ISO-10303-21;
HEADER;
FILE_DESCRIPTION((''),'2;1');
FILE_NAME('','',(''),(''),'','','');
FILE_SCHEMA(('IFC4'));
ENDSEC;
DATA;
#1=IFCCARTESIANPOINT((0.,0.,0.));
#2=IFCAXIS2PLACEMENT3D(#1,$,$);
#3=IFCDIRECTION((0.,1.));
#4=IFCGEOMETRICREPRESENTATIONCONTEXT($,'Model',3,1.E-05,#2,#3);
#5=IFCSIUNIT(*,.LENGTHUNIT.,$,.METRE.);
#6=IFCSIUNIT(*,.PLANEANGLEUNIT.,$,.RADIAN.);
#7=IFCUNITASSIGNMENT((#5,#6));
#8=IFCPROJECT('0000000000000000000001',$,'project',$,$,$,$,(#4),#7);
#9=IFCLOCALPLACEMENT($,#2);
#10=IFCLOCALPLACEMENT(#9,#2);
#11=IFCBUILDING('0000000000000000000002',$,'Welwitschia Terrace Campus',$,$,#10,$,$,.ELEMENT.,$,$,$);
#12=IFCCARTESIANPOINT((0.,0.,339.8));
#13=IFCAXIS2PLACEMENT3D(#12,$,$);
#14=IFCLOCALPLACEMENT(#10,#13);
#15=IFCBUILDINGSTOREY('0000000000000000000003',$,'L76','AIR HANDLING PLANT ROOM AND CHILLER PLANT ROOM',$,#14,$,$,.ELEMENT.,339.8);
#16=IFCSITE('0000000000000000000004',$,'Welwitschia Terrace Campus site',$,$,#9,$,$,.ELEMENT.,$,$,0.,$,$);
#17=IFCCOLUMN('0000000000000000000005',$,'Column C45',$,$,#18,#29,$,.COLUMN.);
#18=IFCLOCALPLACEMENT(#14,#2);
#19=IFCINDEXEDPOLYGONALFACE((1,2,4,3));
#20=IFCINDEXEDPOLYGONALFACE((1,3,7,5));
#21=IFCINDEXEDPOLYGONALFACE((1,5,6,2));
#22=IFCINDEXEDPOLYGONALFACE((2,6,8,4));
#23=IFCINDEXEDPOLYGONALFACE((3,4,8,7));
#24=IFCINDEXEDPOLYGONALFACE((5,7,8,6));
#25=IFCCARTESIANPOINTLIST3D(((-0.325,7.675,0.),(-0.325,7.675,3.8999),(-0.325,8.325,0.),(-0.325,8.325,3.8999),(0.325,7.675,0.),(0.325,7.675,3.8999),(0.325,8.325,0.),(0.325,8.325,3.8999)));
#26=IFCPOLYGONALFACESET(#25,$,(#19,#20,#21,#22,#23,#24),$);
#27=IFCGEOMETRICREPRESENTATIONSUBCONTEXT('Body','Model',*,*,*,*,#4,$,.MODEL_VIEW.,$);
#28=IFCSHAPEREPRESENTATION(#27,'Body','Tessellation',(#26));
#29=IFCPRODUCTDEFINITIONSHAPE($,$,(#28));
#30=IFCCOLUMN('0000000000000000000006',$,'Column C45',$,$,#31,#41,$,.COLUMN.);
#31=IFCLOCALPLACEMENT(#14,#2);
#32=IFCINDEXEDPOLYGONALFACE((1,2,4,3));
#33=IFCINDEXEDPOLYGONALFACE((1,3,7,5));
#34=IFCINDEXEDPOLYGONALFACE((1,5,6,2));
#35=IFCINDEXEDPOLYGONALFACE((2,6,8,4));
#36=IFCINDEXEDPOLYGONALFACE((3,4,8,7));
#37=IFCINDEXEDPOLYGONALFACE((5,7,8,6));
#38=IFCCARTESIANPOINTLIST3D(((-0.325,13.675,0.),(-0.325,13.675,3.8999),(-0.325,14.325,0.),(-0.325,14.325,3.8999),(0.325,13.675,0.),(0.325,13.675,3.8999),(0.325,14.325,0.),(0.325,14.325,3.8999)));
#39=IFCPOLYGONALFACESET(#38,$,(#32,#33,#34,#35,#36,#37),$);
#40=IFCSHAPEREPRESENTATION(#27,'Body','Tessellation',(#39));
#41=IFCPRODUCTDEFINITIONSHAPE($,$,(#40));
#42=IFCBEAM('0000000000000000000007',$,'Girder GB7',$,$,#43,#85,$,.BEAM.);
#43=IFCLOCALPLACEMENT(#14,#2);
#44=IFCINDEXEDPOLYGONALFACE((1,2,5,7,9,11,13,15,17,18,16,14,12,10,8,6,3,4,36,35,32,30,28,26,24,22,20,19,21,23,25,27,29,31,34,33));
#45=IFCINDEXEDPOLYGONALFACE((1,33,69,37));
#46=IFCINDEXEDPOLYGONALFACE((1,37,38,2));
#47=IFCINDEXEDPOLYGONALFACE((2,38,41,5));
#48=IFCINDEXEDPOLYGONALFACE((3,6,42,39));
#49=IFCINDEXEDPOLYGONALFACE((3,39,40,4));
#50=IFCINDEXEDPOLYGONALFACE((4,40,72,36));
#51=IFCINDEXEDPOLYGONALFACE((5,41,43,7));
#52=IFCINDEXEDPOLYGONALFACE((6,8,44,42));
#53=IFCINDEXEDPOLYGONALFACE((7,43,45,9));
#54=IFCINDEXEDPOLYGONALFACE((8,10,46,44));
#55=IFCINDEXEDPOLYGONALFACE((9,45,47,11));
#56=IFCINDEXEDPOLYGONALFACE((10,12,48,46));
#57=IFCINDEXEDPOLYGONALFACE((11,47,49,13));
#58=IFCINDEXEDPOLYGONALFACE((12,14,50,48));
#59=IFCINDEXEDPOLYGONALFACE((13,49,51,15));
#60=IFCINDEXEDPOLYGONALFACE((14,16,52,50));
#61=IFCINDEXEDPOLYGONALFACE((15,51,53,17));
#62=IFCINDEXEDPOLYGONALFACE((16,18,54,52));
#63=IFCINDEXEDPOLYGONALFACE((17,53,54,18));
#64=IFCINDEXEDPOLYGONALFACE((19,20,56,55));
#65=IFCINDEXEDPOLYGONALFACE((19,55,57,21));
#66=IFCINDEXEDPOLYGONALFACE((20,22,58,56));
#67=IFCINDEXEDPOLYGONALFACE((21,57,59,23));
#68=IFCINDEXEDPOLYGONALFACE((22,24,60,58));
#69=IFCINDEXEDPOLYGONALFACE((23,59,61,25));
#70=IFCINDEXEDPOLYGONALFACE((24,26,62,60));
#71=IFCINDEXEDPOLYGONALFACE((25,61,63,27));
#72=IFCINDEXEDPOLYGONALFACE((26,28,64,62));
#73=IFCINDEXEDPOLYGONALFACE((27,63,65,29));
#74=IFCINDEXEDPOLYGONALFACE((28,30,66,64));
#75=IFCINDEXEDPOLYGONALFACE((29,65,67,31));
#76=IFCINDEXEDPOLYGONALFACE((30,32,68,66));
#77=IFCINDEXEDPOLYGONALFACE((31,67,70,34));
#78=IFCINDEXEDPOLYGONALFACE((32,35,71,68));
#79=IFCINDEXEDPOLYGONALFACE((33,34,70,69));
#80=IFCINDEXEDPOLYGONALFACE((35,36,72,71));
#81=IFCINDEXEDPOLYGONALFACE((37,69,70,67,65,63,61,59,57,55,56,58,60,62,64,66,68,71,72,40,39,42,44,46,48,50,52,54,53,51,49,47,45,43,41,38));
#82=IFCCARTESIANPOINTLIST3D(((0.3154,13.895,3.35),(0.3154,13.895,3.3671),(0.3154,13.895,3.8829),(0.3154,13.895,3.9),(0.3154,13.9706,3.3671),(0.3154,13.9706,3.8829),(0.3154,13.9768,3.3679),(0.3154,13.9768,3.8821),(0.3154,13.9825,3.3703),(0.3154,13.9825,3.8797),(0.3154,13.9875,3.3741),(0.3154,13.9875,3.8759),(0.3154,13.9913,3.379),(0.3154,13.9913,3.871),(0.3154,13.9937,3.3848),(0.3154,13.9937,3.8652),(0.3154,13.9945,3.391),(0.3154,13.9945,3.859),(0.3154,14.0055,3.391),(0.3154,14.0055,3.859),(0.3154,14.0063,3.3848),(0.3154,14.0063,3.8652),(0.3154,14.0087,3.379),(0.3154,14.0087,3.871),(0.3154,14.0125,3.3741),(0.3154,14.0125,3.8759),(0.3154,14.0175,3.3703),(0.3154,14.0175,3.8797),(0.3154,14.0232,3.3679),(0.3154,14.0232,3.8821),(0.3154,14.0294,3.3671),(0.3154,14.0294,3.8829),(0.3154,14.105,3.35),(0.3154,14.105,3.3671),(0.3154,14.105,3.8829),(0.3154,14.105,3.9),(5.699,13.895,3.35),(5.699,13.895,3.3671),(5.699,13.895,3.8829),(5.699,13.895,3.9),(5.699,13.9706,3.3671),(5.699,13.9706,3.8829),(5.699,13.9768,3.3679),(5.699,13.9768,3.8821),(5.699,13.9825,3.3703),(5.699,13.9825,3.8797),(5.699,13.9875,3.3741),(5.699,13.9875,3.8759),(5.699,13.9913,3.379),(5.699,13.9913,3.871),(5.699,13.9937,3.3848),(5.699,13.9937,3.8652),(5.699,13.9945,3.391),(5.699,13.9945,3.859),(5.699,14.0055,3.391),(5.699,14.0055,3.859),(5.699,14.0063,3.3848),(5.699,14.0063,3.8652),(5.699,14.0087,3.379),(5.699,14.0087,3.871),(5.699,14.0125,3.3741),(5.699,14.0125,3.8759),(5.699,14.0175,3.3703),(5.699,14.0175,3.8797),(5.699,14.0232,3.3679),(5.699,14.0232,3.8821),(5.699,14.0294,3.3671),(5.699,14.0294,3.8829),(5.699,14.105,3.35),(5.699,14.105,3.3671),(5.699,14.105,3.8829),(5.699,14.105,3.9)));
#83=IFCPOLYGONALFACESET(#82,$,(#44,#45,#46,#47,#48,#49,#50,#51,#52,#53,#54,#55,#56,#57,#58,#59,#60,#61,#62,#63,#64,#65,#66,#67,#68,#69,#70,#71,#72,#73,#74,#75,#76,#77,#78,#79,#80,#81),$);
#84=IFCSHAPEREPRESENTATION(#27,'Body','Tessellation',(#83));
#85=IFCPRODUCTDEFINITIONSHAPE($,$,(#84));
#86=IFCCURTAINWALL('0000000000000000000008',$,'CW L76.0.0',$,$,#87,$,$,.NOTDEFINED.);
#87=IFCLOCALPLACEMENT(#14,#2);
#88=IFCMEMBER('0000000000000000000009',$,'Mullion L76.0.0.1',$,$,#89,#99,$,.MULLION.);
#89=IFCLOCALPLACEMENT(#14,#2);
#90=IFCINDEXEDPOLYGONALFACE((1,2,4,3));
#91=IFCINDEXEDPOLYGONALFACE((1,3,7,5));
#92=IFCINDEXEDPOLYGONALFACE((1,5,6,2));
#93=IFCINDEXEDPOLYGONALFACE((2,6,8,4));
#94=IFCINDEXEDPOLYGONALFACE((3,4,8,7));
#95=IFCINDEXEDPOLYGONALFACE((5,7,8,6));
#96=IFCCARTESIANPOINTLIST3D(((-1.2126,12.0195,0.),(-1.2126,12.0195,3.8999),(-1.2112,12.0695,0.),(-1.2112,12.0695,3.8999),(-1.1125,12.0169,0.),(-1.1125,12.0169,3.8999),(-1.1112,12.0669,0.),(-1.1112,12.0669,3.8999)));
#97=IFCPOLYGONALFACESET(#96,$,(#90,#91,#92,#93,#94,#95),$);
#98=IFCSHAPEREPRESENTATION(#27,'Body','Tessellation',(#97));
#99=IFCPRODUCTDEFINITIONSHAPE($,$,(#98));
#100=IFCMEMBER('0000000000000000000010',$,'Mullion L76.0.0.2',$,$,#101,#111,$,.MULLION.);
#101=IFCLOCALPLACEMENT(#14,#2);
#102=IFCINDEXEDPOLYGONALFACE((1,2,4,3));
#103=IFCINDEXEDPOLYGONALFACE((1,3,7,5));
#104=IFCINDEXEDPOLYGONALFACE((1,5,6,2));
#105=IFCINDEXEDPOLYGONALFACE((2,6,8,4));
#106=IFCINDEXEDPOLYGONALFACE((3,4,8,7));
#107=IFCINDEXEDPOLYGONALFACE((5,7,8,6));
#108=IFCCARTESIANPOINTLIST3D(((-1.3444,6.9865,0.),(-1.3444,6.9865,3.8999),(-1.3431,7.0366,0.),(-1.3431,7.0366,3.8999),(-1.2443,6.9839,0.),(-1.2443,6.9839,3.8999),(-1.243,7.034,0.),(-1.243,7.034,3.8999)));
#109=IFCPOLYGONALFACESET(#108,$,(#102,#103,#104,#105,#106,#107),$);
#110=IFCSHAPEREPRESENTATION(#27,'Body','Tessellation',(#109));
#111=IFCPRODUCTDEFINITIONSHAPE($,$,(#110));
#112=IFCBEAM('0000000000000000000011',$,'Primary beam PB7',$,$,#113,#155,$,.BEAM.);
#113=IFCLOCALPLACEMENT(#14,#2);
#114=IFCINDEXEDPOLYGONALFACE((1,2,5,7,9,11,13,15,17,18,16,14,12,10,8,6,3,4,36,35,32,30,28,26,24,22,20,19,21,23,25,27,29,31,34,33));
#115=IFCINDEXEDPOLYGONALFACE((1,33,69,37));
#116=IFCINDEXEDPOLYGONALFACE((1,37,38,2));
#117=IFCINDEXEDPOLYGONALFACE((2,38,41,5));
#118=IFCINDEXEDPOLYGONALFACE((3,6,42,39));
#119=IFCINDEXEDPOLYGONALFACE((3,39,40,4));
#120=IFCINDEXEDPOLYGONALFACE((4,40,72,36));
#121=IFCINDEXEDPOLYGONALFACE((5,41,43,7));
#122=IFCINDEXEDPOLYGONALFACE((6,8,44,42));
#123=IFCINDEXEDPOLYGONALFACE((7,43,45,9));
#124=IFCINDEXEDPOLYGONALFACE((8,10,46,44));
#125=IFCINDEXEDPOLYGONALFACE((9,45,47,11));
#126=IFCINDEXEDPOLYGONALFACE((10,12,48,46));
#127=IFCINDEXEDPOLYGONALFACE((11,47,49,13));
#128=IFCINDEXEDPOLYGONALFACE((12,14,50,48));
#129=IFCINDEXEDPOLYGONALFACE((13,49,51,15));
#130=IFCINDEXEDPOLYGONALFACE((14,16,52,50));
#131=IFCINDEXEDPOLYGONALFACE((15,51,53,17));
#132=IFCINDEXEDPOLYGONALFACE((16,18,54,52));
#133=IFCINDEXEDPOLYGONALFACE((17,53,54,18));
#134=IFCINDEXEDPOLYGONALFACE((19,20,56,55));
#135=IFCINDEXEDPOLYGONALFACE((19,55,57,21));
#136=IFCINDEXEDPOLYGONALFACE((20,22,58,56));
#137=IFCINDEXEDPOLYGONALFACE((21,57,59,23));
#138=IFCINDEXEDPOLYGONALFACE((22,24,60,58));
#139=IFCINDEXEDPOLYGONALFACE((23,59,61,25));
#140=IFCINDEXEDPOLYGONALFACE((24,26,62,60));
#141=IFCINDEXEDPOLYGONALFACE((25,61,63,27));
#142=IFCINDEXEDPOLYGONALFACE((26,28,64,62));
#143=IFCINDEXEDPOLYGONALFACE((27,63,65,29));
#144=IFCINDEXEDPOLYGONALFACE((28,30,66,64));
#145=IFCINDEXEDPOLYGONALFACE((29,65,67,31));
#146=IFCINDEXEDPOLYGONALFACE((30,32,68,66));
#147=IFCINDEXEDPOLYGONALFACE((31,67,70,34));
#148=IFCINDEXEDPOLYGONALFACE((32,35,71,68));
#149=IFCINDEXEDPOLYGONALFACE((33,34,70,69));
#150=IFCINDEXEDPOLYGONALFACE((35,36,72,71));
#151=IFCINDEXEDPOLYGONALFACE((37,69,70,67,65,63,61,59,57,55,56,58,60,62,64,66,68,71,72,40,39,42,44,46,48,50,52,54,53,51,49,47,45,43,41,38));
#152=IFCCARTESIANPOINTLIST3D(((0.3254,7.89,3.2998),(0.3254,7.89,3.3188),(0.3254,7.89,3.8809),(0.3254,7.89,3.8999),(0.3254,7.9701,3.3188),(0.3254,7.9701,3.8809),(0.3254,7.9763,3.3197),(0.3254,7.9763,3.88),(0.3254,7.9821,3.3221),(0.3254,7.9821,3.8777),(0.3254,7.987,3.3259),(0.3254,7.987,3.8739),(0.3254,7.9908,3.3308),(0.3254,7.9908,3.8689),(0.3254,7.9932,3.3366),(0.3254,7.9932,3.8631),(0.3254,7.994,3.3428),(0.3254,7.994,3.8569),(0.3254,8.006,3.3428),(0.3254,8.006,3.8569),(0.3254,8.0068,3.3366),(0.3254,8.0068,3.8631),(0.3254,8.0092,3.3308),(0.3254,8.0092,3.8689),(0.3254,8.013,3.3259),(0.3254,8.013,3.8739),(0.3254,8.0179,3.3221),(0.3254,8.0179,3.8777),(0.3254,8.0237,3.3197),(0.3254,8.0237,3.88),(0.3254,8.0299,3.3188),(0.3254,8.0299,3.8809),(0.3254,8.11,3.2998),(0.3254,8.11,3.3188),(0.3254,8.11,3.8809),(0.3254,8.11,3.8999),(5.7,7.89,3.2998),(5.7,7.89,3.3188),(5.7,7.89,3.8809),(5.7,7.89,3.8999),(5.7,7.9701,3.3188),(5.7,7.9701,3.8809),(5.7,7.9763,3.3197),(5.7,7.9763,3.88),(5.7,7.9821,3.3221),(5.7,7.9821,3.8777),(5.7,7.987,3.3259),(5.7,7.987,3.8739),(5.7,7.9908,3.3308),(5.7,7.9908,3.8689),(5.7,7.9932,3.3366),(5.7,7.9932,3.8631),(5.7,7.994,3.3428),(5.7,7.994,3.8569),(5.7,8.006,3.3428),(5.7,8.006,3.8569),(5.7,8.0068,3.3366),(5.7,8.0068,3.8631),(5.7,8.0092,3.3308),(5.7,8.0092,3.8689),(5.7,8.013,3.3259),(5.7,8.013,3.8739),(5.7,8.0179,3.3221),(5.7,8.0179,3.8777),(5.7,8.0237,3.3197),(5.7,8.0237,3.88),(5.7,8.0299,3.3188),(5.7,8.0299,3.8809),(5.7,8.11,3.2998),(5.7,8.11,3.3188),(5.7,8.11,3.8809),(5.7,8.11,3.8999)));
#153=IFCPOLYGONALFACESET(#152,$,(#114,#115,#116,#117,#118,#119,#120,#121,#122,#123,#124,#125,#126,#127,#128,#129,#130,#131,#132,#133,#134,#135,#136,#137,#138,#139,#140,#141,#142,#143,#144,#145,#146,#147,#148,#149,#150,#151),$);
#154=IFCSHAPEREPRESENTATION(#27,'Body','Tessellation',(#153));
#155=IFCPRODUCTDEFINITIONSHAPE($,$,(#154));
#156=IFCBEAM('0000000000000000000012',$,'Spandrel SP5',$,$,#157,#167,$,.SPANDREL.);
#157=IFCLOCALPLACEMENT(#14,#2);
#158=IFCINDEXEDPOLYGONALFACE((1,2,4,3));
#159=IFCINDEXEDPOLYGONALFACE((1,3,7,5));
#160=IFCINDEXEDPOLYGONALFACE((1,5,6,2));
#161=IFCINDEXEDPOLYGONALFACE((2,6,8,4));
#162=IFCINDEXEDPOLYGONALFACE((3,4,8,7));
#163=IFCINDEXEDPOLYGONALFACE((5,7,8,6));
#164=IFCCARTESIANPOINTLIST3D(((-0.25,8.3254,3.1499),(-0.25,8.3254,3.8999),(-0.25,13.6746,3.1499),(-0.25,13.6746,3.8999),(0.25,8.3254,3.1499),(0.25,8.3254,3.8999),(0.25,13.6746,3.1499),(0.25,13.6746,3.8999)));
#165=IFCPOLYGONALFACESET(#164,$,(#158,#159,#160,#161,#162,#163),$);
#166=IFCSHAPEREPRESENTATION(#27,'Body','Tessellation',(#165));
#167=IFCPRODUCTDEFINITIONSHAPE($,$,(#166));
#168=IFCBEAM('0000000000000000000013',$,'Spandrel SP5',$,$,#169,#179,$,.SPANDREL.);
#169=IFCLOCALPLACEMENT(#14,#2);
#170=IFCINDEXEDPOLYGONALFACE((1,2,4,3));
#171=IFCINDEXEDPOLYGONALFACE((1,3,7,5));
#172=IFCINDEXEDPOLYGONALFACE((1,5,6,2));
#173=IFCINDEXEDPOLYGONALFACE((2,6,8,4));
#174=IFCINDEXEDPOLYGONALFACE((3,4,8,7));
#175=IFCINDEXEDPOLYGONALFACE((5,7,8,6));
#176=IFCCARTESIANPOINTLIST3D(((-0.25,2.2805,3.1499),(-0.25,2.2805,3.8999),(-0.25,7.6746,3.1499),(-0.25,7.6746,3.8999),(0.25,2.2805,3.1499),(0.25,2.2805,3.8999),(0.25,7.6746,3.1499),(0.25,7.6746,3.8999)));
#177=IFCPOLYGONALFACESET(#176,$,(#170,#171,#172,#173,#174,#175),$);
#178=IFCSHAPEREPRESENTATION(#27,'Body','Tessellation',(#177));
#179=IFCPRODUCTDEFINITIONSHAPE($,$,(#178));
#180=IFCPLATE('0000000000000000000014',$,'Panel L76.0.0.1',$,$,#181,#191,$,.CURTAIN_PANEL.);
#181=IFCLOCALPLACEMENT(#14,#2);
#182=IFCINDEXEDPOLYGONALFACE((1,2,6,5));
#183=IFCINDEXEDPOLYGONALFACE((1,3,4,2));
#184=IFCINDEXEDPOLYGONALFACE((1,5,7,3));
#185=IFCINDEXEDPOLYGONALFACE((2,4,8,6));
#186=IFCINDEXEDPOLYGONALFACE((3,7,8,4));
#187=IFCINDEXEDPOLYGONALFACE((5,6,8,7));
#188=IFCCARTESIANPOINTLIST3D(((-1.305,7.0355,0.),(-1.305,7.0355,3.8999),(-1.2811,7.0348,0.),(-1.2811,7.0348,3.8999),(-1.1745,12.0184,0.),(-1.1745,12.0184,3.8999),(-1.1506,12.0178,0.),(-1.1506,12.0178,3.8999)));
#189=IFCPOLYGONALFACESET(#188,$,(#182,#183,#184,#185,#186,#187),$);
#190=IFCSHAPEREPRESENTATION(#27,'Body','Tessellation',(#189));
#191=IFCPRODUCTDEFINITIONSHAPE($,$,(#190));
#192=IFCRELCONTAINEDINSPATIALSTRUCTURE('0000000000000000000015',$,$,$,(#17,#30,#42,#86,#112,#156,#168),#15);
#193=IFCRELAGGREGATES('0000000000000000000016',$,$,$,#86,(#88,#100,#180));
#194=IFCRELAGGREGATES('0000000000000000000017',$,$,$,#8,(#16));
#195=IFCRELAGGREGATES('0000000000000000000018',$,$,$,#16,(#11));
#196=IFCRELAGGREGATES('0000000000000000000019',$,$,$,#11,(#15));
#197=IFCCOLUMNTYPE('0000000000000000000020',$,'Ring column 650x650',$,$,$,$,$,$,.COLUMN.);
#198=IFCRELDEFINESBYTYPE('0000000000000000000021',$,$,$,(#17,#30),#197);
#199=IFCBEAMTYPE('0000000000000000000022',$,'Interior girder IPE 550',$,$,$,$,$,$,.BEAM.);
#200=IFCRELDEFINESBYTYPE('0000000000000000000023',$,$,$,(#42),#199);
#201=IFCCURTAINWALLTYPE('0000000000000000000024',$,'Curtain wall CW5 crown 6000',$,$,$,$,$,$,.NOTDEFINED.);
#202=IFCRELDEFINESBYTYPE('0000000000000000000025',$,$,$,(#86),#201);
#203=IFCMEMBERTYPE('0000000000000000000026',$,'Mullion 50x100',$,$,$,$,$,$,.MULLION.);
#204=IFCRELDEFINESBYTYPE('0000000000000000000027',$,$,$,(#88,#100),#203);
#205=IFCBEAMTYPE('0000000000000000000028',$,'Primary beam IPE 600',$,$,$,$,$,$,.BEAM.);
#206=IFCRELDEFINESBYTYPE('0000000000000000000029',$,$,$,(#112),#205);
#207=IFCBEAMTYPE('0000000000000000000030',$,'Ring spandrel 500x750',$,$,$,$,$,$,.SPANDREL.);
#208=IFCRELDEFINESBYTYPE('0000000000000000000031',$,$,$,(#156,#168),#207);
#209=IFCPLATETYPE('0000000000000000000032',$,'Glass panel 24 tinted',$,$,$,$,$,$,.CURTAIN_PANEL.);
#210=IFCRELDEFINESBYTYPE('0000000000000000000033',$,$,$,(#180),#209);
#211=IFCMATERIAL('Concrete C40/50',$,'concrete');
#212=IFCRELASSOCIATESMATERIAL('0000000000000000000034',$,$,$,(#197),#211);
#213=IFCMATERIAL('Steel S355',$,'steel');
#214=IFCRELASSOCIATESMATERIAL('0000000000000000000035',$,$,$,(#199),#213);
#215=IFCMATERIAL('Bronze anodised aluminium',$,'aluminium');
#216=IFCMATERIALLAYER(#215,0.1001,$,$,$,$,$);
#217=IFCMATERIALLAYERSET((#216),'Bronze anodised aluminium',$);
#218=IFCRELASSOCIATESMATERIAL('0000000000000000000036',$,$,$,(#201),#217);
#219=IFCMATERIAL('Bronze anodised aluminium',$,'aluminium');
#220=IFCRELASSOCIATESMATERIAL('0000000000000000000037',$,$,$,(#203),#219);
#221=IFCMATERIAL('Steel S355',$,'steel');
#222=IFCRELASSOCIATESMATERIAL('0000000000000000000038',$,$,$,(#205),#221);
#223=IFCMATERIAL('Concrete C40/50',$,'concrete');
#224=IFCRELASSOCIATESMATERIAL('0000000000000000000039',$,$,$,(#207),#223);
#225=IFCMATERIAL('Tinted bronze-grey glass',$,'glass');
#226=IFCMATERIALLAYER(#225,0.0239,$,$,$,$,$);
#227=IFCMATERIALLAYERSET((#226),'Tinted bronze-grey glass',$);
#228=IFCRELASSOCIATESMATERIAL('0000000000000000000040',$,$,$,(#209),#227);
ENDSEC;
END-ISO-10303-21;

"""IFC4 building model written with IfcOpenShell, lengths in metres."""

from ifc_helpers import new_model, si_unit, direction, frame, origin, origin_2d, place, context, subcontext, project, spatial, rectangle, i_section, extrude, material, layer, layer_set, material_profile, profile_set, type_object, element, aggregate, save


model = new_model("IFC4")

# Units and contexts
model_context = context("Model", 3, precision=1e-05, world=origin(), true_north=direction((0.0, 1.0)))
body_context = subcontext(model_context, "Body", "Model", "MODEL_VIEW")
ifc_project = project(units=[si_unit("LENGTHUNIT", "METRE"), si_unit("PLANEANGLEUNIT", "RADIAN")], contexts=[model_context])

# Site, building, storey
site_placement = place(None, origin())
site = spatial("IfcSite", under=ifc_project, at=site_placement, Name="Welwitschia Terrace Campus site", CompositionType="ELEMENT", RefElevation=0.0)
building_placement = place(site_placement, origin())
building = spatial("IfcBuilding", under=site, at=building_placement, Name="Welwitschia Terrace Campus", CompositionType="ELEMENT")
storey_placement = place(building_placement, frame((0.0, 0.0, 339.8)))
storey = spatial("IfcBuildingStorey", under=building, at=storey_placement, Name="L76", Description="AIR HANDLING PLANT ROOM AND CHILLER PLANT ROOM", CompositionType="ELEMENT", Elevation=339.8)

# Columns
ifc_material_1 = material(Name="Concrete C40/50", Category="concrete")
ifc_material_profile_1 = material_profile(ifc_material_1, rectangle(XDim=0.6499, YDim=0.6499, at=origin_2d()))
ifc_profile_set_1 = profile_set([ifc_material_profile_1], Name="Concrete C40/50")
column_type = type_object("IfcColumnType", Name="Ring column 650x650", PredefinedType="COLUMN", material=ifc_profile_set_1)
for number, where, z_axis, x_axis, name in (
    (1, (0.0, 8.0, 0.0), (0.0, 0.0, 1.0), (1.0, 0.0, 0.0), "Column C45"),
    (2, (0.0, 14.0, 0.0), (0.0, 0.0, 1.0), (1.0, 0.0, 0.0), "Column C45"),
):
    element("IfcColumn", number, at=place(storey_placement, frame(where, z_axis=z_axis, x_axis=x_axis)), inside=storey, type_object=column_type, Name=name, PredefinedType="COLUMN", context=body_context, shape_type="SweptSolid", body=[
        extrude(rectangle(XDim=0.6499, YDim=0.6499, at=origin_2d()), origin(), (0.0, 0.0, 1.0), 3.8999),
    ])

# Beam
ifc_material_2 = material(Name="Steel S355", Category="steel")
ifc_material_profile_2 = material_profile(ifc_material_2, i_section(OverallWidth=0.21, OverallDepth=0.55, WebThickness=0.011, FlangeThickness=0.0171, FilletRadius=0.0239, at=origin_2d()))
ifc_profile_set_2 = profile_set([ifc_material_profile_2], Name="Steel S355")
beam_type_1 = type_object("IfcBeamType", Name="Interior girder IPE 550", PredefinedType="BEAM", material=ifc_profile_set_2)
beam_1_placement = place(storey_placement, frame((0.3154, 14.0, 3.625), z_axis=(1.0, 0.0, 0.0), x_axis=(0.0, 1.0, 0.0)))
element("IfcBeam", 3, at=beam_1_placement, inside=storey, type_object=beam_type_1, Name="Girder GB7", PredefinedType="BEAM", context=body_context, shape_type="SweptSolid", body=[
    extrude(i_section(OverallWidth=0.21, OverallDepth=0.55, WebThickness=0.011, FlangeThickness=0.0171, FilletRadius=0.0239, at=origin_2d()), origin(), (0.0, 0.0, 1.0), 5.3835),
])

# Curtain wall, members
ifc_material_3 = material(Name="Bronze anodised aluminium", Category="aluminium")
ifc_layer_1 = layer(ifc_material_3, 0.1001)
ifc_layer_set_1 = layer_set([ifc_layer_1], Name="Bronze anodised aluminium")
curtain_wall_type = type_object("IfcCurtainWallType", Name="Curtain wall CW5 crown 6000", PredefinedType="NOTDEFINED", material=ifc_layer_set_1)
curtain_wall_placement = place(storey_placement, origin())
curtain_wall = element("IfcCurtainWall", 4, at=curtain_wall_placement, inside=storey, type_object=curtain_wall_type, Name="CW L76.0.0", PredefinedType="NOTDEFINED")
ifc_material_4 = material(Name="Bronze anodised aluminium", Category="aluminium")
ifc_material_profile_3 = material_profile(ifc_material_4, rectangle(XDim=0.1001, YDim=0.05, at=origin_2d()))
ifc_profile_set_3 = profile_set([ifc_material_profile_3], Name="Bronze anodised aluminium")
member_type = type_object("IfcMemberType", Name="Mullion 50x100", PredefinedType="MULLION", material=ifc_profile_set_3)
member_1_placement = place(storey_placement, frame((-1.1619, 12.0432, 0.0), z_axis=(0.0, 0.0, 1.0), x_axis=(0.999657, -0.026177, 0.0)))
member_1 = element("IfcMember", 5, at=member_1_placement, type_object=member_type, Name="Mullion L76.0.0.1", PredefinedType="MULLION", context=body_context, shape_type="SweptSolid", body=[
    extrude(rectangle(XDim=0.1001, YDim=0.05, at=origin_2d()), origin(), (0.0, 0.0, 1.0), 3.8999),
])
member_2_placement = place(storey_placement, frame((-1.2937, 7.0103, 0.0), z_axis=(0.0, 0.0, 1.0), x_axis=(0.999657, -0.026177, 0.0)))
member_2 = element("IfcMember", 6, at=member_2_placement, type_object=member_type, Name="Mullion L76.0.0.2", PredefinedType="MULLION", context=body_context, shape_type="SweptSolid", body=[
    extrude(rectangle(XDim=0.1001, YDim=0.05, at=origin_2d()), origin(), (0.0, 0.0, 1.0), 3.8999),
])

# Beams
ifc_material_5 = material(Name="Steel S355", Category="steel")
ifc_material_profile_4 = material_profile(ifc_material_5, i_section(OverallWidth=0.22, OverallDepth=0.6001, WebThickness=0.012, FlangeThickness=0.019, FilletRadius=0.0239, at=origin_2d()))
ifc_profile_set_4 = profile_set([ifc_material_profile_4], Name="Steel S355")
beam_type_2 = type_object("IfcBeamType", Name="Primary beam IPE 600", PredefinedType="BEAM", material=ifc_profile_set_4)
beam_2_placement = place(storey_placement, frame((0.3254, 8.0, 3.5999), z_axis=(1.0, 0.0, 0.0), x_axis=(0.0, 1.0, 0.0)))
element("IfcBeam", 7, at=beam_2_placement, inside=storey, type_object=beam_type_2, Name="Primary beam PB7", PredefinedType="BEAM", context=body_context, shape_type="SweptSolid", body=[
    extrude(i_section(OverallWidth=0.22, OverallDepth=0.6001, WebThickness=0.012, FlangeThickness=0.019, FilletRadius=0.0239, at=origin_2d()), origin(), (0.0, 0.0, 1.0), 5.3745),
])
ifc_material_6 = material(Name="Concrete C40/50", Category="concrete")
ifc_material_profile_5 = material_profile(ifc_material_6, rectangle(XDim=0.5, YDim=0.75, at=origin_2d()))
ifc_profile_set_5 = profile_set([ifc_material_profile_5], Name="Concrete C40/50")
beam_type_3 = type_object("IfcBeamType", Name="Ring spandrel 500x750", PredefinedType="SPANDREL", material=ifc_profile_set_5)
beam_3_placement = place(storey_placement, frame((0.0, 13.6746, 3.5249), z_axis=(0.0, -1.0, 0.0), x_axis=(1.0, 0.0, 0.0)))
element("IfcBeam", 8, at=beam_3_placement, inside=storey, type_object=beam_type_3, Name="Spandrel SP5", PredefinedType="SPANDREL", context=body_context, shape_type="SweptSolid", body=[
    extrude(rectangle(XDim=0.5, YDim=0.75, at=origin_2d()), origin(), (0.0, 0.0, 1.0), 5.3491),
])
beam_4_placement = place(storey_placement, frame((0.0, 7.6746, 3.5249), z_axis=(0.0, -1.0, 0.0), x_axis=(1.0, 0.0, 0.0)))
element("IfcBeam", 9, at=beam_4_placement, inside=storey, type_object=beam_type_3, Name="Spandrel SP5", PredefinedType="SPANDREL", context=body_context, shape_type="SweptSolid", body=[
    extrude(rectangle(XDim=0.5, YDim=0.75, at=origin_2d()), origin(), (0.0, 0.0, 1.0), 5.394),
])

# Plate
ifc_material_7 = material(Name="Tinted bronze-grey glass", Category="glass")
ifc_layer_2 = layer(ifc_material_7, 0.0239)
ifc_layer_set_2 = layer_set([ifc_layer_2], Name="Tinted bronze-grey glass")
plate_type = type_object("IfcPlateType", Name="Glass panel 24 tinted", PredefinedType="CURTAIN_PANEL", material=ifc_layer_set_2)
plate_placement = place(storey_placement, frame((-1.2278, 9.5266, 0.0), z_axis=(0.0, 0.0, 1.0), x_axis=(-0.026177, -0.999657, 0.0)))
plate = element("IfcPlate", 10, at=plate_placement, type_object=plate_type, Name="Panel L76.0.0.1", PredefinedType="CURTAIN_PANEL", context=body_context, shape_type="SweptSolid", body=[
    extrude(rectangle(XDim=4.9846, YDim=0.0239, at=origin_2d()), origin(), (0.0, 0.0, 1.0), 3.8999),
])
aggregate(curtain_wall, [member_1, member_2, plate])

save(model, "model.ifc")
